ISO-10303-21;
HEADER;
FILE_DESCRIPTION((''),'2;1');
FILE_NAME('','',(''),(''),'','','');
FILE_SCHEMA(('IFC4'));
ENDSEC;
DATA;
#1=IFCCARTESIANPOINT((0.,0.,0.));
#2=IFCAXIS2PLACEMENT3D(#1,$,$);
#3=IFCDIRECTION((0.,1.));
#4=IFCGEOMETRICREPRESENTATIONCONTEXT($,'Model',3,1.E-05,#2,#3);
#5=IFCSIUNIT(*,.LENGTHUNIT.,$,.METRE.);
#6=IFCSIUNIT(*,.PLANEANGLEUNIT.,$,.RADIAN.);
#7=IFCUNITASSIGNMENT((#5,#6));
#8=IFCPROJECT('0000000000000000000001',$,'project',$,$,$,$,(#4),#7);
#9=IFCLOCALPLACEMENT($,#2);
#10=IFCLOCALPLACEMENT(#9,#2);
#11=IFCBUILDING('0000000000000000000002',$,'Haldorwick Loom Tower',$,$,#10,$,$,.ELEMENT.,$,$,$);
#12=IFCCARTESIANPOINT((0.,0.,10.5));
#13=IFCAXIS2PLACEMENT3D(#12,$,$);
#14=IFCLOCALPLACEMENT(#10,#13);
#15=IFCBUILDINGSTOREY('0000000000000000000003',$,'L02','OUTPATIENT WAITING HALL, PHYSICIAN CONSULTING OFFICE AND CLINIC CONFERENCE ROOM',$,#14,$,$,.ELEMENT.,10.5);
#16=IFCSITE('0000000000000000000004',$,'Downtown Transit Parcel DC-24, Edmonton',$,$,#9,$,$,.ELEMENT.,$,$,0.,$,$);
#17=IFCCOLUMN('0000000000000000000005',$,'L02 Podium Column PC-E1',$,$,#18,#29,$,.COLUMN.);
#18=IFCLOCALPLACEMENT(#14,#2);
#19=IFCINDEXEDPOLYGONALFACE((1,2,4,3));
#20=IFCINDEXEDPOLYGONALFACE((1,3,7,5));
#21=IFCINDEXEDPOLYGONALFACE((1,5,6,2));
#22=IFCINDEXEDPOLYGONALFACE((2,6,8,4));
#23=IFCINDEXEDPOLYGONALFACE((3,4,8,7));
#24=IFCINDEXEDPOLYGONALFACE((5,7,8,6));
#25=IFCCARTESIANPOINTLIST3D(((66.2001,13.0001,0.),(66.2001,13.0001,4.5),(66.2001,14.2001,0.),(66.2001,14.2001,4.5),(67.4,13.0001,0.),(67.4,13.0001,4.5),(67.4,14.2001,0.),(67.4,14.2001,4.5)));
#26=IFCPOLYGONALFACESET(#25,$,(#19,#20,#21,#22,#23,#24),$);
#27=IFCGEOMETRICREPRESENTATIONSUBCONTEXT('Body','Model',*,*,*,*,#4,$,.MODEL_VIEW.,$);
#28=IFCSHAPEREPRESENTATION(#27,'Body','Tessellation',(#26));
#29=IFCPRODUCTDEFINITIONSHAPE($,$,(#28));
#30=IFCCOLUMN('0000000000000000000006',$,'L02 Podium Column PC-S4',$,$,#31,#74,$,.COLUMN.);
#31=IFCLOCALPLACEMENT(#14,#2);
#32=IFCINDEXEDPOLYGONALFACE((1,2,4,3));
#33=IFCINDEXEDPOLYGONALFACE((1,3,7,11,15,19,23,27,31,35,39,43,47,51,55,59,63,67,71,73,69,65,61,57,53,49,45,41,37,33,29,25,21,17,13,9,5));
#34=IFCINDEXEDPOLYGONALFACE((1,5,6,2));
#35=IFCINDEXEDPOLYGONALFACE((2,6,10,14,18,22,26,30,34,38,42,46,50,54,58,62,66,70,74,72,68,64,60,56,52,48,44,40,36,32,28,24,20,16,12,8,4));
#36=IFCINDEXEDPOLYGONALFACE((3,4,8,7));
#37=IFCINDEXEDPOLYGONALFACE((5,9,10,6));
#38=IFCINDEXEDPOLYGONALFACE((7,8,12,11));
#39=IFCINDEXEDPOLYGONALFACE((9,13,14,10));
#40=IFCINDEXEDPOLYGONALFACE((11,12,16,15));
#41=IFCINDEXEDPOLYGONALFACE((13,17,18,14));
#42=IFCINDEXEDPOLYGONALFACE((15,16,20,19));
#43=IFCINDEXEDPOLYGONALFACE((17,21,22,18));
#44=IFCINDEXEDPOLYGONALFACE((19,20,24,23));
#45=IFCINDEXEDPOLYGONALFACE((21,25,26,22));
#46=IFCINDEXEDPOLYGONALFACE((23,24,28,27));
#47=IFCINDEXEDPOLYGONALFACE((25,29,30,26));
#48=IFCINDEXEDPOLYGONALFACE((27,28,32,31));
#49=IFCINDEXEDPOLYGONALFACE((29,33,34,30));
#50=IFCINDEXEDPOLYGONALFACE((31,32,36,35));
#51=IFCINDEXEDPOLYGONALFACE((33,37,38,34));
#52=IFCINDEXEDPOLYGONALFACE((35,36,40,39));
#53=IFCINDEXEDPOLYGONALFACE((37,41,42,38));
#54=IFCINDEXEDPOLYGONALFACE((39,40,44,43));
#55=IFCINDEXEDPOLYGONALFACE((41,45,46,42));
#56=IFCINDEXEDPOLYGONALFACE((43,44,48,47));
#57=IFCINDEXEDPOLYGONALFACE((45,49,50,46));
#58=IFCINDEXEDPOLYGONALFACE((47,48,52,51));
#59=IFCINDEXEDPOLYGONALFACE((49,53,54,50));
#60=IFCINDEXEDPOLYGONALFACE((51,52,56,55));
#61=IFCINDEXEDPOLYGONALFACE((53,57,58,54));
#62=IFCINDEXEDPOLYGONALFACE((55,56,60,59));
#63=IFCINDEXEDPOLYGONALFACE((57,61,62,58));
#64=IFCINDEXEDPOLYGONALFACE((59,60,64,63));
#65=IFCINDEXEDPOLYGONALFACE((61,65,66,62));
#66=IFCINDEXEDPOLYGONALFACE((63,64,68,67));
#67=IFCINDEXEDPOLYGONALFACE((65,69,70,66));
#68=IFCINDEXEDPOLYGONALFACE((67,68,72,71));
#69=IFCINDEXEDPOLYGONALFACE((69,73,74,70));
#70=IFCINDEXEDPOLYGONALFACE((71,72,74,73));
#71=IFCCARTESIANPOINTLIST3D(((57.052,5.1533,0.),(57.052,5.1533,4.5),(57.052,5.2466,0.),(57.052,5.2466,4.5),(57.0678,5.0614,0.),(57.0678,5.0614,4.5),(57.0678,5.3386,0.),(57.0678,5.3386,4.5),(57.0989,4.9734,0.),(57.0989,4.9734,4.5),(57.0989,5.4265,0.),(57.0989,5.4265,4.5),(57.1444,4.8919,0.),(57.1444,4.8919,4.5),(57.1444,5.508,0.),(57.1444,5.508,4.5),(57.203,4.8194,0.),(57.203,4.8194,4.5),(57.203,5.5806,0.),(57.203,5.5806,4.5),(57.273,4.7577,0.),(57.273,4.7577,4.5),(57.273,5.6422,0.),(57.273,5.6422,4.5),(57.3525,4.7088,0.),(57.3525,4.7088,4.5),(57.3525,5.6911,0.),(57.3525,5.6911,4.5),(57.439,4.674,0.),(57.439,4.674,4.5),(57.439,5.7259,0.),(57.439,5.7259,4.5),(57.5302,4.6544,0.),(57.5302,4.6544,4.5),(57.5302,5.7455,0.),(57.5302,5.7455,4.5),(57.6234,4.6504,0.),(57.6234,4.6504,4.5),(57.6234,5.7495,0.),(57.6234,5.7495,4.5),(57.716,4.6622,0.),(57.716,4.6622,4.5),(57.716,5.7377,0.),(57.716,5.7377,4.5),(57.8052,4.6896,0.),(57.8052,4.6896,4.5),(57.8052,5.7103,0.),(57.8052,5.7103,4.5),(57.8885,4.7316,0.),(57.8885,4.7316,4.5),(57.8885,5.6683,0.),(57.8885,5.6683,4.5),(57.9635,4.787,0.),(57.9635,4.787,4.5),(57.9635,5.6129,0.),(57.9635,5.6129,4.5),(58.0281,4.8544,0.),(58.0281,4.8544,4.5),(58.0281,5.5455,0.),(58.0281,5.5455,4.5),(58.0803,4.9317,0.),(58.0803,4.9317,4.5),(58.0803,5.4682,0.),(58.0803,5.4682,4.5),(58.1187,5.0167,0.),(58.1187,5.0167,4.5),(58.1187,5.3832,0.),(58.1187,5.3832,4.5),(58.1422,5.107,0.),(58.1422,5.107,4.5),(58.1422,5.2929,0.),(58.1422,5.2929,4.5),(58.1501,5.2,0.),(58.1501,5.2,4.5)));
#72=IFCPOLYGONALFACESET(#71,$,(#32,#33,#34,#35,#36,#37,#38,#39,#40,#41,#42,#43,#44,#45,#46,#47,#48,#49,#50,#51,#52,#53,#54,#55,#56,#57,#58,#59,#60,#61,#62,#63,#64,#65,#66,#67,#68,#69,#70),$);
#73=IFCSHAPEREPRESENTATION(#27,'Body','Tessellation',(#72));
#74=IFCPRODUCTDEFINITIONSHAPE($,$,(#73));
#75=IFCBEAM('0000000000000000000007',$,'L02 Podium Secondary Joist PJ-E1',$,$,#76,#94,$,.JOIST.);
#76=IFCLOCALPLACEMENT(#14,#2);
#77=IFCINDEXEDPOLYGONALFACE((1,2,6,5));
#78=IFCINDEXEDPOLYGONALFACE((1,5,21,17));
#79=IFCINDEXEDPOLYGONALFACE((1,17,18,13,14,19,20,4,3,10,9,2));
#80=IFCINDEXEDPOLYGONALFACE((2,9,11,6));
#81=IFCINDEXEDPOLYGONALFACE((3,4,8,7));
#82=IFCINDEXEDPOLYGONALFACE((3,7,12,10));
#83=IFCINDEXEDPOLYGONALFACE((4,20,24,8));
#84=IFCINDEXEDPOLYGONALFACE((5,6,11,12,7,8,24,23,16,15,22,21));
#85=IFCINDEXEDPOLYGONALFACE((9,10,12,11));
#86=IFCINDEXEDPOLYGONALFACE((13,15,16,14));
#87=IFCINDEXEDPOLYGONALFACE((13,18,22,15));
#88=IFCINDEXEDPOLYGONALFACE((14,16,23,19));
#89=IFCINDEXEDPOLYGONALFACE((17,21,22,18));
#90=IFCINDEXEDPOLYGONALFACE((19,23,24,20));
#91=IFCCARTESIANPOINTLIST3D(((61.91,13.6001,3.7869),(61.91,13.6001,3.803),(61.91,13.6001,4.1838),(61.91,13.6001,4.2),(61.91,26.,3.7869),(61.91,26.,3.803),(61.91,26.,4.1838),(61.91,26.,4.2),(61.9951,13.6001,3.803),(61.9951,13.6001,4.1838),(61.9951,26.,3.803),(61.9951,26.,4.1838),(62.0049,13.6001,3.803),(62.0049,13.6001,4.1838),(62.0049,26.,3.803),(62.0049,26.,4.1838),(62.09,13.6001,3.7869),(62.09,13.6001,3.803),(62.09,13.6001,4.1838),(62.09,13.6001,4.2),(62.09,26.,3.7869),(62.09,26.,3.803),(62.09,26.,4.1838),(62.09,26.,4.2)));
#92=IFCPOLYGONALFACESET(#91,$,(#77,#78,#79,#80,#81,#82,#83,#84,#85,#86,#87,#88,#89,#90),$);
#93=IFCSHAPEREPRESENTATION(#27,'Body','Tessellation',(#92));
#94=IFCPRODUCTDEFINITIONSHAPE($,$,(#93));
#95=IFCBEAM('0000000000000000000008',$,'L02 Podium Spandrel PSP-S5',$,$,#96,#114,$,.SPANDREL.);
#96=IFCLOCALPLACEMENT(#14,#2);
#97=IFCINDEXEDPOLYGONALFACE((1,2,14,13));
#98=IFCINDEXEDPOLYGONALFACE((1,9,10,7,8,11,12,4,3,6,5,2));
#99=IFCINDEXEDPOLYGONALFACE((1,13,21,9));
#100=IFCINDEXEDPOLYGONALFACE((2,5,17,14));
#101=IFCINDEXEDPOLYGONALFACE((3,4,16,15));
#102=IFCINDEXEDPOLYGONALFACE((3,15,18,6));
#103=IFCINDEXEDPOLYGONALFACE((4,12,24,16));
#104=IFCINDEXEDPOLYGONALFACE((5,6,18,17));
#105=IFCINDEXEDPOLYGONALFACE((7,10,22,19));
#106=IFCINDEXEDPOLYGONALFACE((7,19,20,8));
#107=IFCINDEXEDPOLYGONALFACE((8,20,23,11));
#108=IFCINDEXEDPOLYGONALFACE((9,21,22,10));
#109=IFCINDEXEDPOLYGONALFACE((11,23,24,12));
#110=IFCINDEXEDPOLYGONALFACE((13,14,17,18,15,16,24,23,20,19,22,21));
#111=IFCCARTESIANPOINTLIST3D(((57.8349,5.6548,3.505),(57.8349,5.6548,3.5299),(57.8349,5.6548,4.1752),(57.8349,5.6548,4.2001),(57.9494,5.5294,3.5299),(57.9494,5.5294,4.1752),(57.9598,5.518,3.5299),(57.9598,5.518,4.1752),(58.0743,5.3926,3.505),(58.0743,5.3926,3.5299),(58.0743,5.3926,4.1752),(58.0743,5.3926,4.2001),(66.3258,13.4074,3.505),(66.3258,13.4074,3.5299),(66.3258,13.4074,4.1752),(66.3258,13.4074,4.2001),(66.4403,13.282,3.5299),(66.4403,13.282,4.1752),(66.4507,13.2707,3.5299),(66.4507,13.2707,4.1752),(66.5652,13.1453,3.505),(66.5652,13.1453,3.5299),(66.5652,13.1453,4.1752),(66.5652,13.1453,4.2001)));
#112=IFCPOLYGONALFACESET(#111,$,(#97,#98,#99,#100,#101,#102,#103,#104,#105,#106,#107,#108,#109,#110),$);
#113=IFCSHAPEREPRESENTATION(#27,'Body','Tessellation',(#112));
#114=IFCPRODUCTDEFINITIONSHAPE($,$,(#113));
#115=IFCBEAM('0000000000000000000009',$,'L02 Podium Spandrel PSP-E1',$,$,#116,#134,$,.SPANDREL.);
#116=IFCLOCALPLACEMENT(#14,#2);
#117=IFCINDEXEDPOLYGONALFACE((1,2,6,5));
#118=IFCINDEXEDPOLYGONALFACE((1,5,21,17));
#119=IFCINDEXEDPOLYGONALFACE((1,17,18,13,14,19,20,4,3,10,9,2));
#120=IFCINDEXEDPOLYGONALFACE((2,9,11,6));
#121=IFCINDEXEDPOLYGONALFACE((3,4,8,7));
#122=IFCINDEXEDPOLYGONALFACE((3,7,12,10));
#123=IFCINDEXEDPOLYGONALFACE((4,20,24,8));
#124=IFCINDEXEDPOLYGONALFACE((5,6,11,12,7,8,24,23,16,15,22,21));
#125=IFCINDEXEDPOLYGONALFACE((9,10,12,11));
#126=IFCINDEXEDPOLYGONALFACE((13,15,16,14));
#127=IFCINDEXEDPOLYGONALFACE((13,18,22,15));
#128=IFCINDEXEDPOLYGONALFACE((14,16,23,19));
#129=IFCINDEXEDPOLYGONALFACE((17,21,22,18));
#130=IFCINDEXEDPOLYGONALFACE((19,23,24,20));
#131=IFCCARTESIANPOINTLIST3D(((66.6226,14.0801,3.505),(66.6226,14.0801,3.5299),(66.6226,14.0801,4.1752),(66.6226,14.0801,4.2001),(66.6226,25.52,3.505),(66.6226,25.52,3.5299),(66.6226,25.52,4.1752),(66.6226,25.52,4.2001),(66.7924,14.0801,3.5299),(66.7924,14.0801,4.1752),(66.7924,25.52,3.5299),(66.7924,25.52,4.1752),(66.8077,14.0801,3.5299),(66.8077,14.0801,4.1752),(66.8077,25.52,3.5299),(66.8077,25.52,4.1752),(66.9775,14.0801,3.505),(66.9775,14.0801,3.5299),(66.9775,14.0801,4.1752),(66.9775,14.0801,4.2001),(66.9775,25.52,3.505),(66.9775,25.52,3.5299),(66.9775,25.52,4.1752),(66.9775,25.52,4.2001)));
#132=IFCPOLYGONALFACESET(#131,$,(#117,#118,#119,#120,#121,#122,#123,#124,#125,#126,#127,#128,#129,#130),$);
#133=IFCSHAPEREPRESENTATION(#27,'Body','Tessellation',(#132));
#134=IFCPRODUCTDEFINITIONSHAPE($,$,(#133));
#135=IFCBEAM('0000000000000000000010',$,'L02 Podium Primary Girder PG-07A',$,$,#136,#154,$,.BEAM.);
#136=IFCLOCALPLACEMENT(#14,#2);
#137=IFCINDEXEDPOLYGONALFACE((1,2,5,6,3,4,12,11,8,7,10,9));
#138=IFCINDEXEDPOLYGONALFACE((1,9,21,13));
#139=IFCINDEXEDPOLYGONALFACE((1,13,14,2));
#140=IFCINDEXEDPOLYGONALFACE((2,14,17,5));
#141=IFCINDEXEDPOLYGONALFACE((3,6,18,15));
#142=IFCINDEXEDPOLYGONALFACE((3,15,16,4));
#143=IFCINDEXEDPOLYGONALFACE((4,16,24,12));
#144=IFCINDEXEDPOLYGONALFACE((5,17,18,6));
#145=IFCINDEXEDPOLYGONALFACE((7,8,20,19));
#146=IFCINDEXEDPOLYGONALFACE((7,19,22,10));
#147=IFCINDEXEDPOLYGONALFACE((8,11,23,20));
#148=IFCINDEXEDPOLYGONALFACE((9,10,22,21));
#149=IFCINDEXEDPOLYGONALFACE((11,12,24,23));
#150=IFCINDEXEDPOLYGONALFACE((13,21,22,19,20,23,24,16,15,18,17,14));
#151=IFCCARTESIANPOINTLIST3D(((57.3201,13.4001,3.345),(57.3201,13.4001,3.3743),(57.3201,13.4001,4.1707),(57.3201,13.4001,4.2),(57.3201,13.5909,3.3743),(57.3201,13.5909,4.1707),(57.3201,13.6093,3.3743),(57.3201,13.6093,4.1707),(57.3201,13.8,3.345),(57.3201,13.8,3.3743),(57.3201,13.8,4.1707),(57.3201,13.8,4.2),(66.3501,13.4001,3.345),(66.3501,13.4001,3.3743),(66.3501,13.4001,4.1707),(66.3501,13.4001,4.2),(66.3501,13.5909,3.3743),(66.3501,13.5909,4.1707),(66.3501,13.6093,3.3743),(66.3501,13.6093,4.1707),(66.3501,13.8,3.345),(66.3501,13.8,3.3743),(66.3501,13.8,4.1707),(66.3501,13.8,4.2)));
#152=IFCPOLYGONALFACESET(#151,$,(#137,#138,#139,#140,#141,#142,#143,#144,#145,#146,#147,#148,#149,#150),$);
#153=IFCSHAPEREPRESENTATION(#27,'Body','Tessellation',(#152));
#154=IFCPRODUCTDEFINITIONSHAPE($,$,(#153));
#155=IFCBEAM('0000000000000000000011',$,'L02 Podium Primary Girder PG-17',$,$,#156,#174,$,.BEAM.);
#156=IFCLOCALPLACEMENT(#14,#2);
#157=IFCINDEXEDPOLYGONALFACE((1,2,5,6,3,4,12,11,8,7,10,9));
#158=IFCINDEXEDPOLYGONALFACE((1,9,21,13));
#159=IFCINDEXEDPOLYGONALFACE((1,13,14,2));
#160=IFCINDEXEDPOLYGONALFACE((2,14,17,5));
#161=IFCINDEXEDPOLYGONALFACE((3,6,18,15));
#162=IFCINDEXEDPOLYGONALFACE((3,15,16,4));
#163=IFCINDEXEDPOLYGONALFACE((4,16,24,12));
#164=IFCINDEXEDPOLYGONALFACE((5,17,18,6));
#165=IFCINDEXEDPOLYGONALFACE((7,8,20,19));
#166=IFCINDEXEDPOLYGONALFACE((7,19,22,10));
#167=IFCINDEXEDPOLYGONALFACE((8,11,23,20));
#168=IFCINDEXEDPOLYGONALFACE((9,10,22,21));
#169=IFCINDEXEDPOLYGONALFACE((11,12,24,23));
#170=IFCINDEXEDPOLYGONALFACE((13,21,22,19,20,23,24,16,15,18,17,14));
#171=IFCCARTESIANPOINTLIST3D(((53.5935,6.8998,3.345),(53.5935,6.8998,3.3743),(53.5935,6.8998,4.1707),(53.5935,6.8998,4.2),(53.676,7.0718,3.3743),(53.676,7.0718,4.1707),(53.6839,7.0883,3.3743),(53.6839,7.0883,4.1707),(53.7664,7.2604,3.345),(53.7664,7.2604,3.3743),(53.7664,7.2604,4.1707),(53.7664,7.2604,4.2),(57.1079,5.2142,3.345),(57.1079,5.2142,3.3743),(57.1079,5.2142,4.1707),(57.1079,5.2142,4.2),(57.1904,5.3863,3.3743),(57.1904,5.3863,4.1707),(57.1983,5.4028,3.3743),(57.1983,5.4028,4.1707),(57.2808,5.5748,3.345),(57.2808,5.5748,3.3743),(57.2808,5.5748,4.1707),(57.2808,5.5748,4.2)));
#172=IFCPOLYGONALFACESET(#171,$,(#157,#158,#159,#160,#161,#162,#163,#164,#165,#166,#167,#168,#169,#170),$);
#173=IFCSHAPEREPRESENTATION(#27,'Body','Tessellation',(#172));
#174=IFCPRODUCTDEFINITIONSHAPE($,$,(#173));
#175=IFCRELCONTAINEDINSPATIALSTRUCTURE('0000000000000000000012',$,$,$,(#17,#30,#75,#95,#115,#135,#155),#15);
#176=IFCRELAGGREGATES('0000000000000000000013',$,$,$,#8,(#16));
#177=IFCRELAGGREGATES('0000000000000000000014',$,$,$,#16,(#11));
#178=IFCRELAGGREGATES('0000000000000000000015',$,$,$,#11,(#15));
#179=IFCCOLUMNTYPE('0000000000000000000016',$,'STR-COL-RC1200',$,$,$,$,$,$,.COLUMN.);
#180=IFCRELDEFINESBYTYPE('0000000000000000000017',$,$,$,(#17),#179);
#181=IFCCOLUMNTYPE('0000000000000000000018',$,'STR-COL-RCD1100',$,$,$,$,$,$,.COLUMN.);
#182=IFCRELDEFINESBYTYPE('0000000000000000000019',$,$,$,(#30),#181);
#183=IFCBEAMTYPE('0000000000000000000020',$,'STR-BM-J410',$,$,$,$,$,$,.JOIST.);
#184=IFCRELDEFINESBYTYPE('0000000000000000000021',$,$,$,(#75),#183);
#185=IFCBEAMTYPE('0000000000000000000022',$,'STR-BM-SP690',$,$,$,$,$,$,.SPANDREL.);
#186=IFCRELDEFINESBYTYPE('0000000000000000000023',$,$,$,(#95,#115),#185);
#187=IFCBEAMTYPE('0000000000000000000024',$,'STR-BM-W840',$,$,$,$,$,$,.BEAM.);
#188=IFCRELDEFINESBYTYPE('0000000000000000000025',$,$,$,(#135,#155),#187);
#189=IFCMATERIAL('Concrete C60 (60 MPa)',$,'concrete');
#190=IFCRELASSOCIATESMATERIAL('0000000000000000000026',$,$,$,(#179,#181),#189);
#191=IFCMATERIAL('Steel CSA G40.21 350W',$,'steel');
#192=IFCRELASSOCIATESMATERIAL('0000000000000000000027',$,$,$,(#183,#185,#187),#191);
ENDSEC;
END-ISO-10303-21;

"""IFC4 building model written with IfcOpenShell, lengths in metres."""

from ifc_helpers import new_model, si_unit, direction, frame, origin, origin_2d, place, context, subcontext, project, spatial, rectangle, circle, i_section, extrude, material, material_profile, profile_set, type_object, element, save


model = new_model("IFC4")

# Units and contexts
model_context = context("Model", 3, precision=1e-05, world=origin(), true_north=direction((0.0, 1.0)))
body_context = subcontext(model_context, "Body", "Model", "MODEL_VIEW")
ifc_project = project(units=[si_unit("LENGTHUNIT", "METRE"), si_unit("PLANEANGLEUNIT", "RADIAN")], contexts=[model_context])

# Site, building, storey
site_placement = place(None, origin())
site = spatial("IfcSite", under=ifc_project, at=site_placement, Name="Downtown Transit Parcel DC-24, Edmonton", CompositionType="ELEMENT", RefElevation=0.0)
building_placement = place(site_placement, origin())
building = spatial("IfcBuilding", under=site, at=building_placement, Name="Haldorwick Loom Tower", CompositionType="ELEMENT")
storey_placement = place(building_placement, frame((0.0, 0.0, 10.5)))
storey = spatial("IfcBuildingStorey", under=building, at=storey_placement, Name="L02", Description="OUTPATIENT WAITING HALL, PHYSICIAN CONSULTING OFFICE AND CLINIC CONFERENCE ROOM", CompositionType="ELEMENT", Elevation=10.5)

# Columns
ifc_material_1 = material(Name="Concrete C60 (60 MPa)", Category="concrete")
ifc_material_profile_1 = material_profile(ifc_material_1, rectangle(XDim=1.2, YDim=1.2, at=origin_2d()), Name="RC1200X1200", Category="concrete")
ifc_profile_set_1 = profile_set([ifc_material_profile_1], Name="Concrete C60 (60 MPa)")
column_type_1 = type_object("IfcColumnType", Name="STR-COL-RC1200", PredefinedType="COLUMN", material=ifc_profile_set_1)
column_1_placement = place(storey_placement, frame((66.8, 13.6001, 0.0), z_axis=(0.0, 0.0, 1.0), x_axis=(1.0, 0.0, 0.0)))
element("IfcColumn", 1, at=column_1_placement, inside=storey, type_object=column_type_1, Name="L02 Podium Column PC-E1", PredefinedType="COLUMN", context=body_context, shape_type="SweptSolid", body=[
    extrude(rectangle(XDim=1.2, YDim=1.2, at=origin_2d()), origin(), (0.0, 0.0, 1.0), 4.5),
])
ifc_material_profile_2 = material_profile(ifc_material_1, circle(Radius=0.55, at=origin_2d()), Name="RCD1100", Category="concrete")
ifc_profile_set_2 = profile_set([ifc_material_profile_2], Name="Concrete C60 (60 MPa)")
column_type_2 = type_object("IfcColumnType", Name="STR-COL-RCD1100", PredefinedType="COLUMN", material=ifc_profile_set_2)
column_2_placement = place(storey_placement, frame((57.6001, 5.2, 0.0), z_axis=(0.0, 0.0, 1.0), x_axis=(1.0, 0.0, 0.0)))
element("IfcColumn", 2, at=column_2_placement, inside=storey, type_object=column_type_2, Name="L02 Podium Column PC-S4", PredefinedType="COLUMN", context=body_context, shape_type="SweptSolid", body=[
    extrude(circle(Radius=0.55, at=origin_2d()), origin(), (0.0, 0.0, 1.0), 4.5),
])

# Beams
ifc_material_2 = material(Name="Steel CSA G40.21 350W", Category="steel")
ifc_material_profile_3 = material_profile(ifc_material_2, i_section(OverallWidth=0.1799, OverallDepth=0.4131, WebThickness=0.0098, FlangeThickness=0.0161, at=origin_2d()), Name="W410X74", Category="steel")
ifc_profile_set_3 = profile_set([ifc_material_profile_3], Name="Steel CSA G40.21 350W")
beam_type_1 = type_object("IfcBeamType", Name="STR-BM-J410", PredefinedType="JOIST", material=ifc_profile_set_3)
beam_1_placement = place(storey_placement, frame((62.0, 13.6001, 3.9934), z_axis=(0.0, 1.0, 0.0), x_axis=(-1.0, 0.0, 0.0)))
element("IfcBeam", 3, at=beam_1_placement, inside=storey, type_object=beam_type_1, Name="L02 Podium Secondary Joist PJ-E1", PredefinedType="JOIST", context=body_context, shape_type="SweptSolid", body=[
    extrude(i_section(OverallWidth=0.1799, OverallDepth=0.4131, WebThickness=0.0098, FlangeThickness=0.0161, at=origin_2d()), origin(), (0.0, 0.0, 1.0), 12.3999),
])
ifc_material_profile_4 = material_profile(ifc_material_2, i_section(OverallWidth=0.355, OverallDepth=0.6951, WebThickness=0.0154, FlangeThickness=0.0249, at=origin_2d()), Name="W690X217", Category="steel")
ifc_profile_set_4 = profile_set([ifc_material_profile_4], Name="Steel CSA G40.21 350W")
beam_type_2 = type_object("IfcBeamType", Name="STR-BM-SP690", PredefinedType="SPANDREL", material=ifc_profile_set_4)
beam_2_placement = place(storey_placement, frame((57.9546, 5.5237, 3.8525), z_axis=(0.738483, 0.674272, 0.0), x_axis=(-0.674272, 0.738483, 0.0)))
element("IfcBeam", 4, at=beam_2_placement, inside=storey, type_object=beam_type_2, Name="L02 Podium Spandrel PSP-S5", PredefinedType="SPANDREL", context=body_context, shape_type="SweptSolid", body=[
    extrude(i_section(OverallWidth=0.355, OverallDepth=0.6951, WebThickness=0.0154, FlangeThickness=0.0249, at=origin_2d()), origin(), (0.0, 0.0, 1.0), 11.4978),
])
beam_3_placement = place(storey_placement, frame((66.8, 14.0801, 3.8525), z_axis=(0.0, 1.0, 0.0), x_axis=(-1.0, 0.0, 0.0)))
element("IfcBeam", 5, at=beam_3_placement, inside=storey, type_object=beam_type_2, Name="L02 Podium Spandrel PSP-E1", PredefinedType="SPANDREL", context=body_context, shape_type="SweptSolid", body=[
    extrude(i_section(OverallWidth=0.355, OverallDepth=0.6951, WebThickness=0.0154, FlangeThickness=0.0249, at=origin_2d()), origin(), (0.0, 0.0, 1.0), 11.4399),
])
ifc_material_profile_5 = material_profile(ifc_material_2, i_section(OverallWidth=0.3999, OverallDepth=0.855, WebThickness=0.0183, FlangeThickness=0.0293, at=origin_2d()), Name="W840X299", Category="steel")
ifc_profile_set_5 = profile_set([ifc_material_profile_5], Name="Steel CSA G40.21 350W")
beam_type_3 = type_object("IfcBeamType", Name="STR-BM-W840", PredefinedType="BEAM", material=ifc_profile_set_5)
beam_4_placement = place(storey_placement, frame((66.3501, 13.6001, 3.7725), z_axis=(-1.0, 0.0, 0.0), x_axis=(0.0, -1.0, 0.0)))
element("IfcBeam", 6, at=beam_4_placement, inside=storey, type_object=beam_type_3, Name="L02 Podium Primary Girder PG-07A", PredefinedType="BEAM", context=body_context, shape_type="SweptSolid", body=[
    extrude(i_section(OverallWidth=0.3999, OverallDepth=0.855, WebThickness=0.0183, FlangeThickness=0.0293, at=origin_2d()), origin(), (0.0, 0.0, 1.0), 9.03),
])
beam_5_placement = place(storey_placement, frame((57.1943, 5.3945, 3.7725), z_axis=(-0.90166, 0.432446, 0.0), x_axis=(-0.432446, -0.90166, 0.0)))
element("IfcBeam", 7, at=beam_5_placement, inside=storey, type_object=beam_type_3, Name="L02 Podium Primary Girder PG-17", PredefinedType="BEAM", context=body_context, shape_type="SweptSolid", body=[
    extrude(i_section(OverallWidth=0.3999, OverallDepth=0.855, WebThickness=0.0183, FlangeThickness=0.0293, at=origin_2d()), origin(), (0.0, 0.0, 1.0), 3.8977),
])

save(model, "model.ifc")
